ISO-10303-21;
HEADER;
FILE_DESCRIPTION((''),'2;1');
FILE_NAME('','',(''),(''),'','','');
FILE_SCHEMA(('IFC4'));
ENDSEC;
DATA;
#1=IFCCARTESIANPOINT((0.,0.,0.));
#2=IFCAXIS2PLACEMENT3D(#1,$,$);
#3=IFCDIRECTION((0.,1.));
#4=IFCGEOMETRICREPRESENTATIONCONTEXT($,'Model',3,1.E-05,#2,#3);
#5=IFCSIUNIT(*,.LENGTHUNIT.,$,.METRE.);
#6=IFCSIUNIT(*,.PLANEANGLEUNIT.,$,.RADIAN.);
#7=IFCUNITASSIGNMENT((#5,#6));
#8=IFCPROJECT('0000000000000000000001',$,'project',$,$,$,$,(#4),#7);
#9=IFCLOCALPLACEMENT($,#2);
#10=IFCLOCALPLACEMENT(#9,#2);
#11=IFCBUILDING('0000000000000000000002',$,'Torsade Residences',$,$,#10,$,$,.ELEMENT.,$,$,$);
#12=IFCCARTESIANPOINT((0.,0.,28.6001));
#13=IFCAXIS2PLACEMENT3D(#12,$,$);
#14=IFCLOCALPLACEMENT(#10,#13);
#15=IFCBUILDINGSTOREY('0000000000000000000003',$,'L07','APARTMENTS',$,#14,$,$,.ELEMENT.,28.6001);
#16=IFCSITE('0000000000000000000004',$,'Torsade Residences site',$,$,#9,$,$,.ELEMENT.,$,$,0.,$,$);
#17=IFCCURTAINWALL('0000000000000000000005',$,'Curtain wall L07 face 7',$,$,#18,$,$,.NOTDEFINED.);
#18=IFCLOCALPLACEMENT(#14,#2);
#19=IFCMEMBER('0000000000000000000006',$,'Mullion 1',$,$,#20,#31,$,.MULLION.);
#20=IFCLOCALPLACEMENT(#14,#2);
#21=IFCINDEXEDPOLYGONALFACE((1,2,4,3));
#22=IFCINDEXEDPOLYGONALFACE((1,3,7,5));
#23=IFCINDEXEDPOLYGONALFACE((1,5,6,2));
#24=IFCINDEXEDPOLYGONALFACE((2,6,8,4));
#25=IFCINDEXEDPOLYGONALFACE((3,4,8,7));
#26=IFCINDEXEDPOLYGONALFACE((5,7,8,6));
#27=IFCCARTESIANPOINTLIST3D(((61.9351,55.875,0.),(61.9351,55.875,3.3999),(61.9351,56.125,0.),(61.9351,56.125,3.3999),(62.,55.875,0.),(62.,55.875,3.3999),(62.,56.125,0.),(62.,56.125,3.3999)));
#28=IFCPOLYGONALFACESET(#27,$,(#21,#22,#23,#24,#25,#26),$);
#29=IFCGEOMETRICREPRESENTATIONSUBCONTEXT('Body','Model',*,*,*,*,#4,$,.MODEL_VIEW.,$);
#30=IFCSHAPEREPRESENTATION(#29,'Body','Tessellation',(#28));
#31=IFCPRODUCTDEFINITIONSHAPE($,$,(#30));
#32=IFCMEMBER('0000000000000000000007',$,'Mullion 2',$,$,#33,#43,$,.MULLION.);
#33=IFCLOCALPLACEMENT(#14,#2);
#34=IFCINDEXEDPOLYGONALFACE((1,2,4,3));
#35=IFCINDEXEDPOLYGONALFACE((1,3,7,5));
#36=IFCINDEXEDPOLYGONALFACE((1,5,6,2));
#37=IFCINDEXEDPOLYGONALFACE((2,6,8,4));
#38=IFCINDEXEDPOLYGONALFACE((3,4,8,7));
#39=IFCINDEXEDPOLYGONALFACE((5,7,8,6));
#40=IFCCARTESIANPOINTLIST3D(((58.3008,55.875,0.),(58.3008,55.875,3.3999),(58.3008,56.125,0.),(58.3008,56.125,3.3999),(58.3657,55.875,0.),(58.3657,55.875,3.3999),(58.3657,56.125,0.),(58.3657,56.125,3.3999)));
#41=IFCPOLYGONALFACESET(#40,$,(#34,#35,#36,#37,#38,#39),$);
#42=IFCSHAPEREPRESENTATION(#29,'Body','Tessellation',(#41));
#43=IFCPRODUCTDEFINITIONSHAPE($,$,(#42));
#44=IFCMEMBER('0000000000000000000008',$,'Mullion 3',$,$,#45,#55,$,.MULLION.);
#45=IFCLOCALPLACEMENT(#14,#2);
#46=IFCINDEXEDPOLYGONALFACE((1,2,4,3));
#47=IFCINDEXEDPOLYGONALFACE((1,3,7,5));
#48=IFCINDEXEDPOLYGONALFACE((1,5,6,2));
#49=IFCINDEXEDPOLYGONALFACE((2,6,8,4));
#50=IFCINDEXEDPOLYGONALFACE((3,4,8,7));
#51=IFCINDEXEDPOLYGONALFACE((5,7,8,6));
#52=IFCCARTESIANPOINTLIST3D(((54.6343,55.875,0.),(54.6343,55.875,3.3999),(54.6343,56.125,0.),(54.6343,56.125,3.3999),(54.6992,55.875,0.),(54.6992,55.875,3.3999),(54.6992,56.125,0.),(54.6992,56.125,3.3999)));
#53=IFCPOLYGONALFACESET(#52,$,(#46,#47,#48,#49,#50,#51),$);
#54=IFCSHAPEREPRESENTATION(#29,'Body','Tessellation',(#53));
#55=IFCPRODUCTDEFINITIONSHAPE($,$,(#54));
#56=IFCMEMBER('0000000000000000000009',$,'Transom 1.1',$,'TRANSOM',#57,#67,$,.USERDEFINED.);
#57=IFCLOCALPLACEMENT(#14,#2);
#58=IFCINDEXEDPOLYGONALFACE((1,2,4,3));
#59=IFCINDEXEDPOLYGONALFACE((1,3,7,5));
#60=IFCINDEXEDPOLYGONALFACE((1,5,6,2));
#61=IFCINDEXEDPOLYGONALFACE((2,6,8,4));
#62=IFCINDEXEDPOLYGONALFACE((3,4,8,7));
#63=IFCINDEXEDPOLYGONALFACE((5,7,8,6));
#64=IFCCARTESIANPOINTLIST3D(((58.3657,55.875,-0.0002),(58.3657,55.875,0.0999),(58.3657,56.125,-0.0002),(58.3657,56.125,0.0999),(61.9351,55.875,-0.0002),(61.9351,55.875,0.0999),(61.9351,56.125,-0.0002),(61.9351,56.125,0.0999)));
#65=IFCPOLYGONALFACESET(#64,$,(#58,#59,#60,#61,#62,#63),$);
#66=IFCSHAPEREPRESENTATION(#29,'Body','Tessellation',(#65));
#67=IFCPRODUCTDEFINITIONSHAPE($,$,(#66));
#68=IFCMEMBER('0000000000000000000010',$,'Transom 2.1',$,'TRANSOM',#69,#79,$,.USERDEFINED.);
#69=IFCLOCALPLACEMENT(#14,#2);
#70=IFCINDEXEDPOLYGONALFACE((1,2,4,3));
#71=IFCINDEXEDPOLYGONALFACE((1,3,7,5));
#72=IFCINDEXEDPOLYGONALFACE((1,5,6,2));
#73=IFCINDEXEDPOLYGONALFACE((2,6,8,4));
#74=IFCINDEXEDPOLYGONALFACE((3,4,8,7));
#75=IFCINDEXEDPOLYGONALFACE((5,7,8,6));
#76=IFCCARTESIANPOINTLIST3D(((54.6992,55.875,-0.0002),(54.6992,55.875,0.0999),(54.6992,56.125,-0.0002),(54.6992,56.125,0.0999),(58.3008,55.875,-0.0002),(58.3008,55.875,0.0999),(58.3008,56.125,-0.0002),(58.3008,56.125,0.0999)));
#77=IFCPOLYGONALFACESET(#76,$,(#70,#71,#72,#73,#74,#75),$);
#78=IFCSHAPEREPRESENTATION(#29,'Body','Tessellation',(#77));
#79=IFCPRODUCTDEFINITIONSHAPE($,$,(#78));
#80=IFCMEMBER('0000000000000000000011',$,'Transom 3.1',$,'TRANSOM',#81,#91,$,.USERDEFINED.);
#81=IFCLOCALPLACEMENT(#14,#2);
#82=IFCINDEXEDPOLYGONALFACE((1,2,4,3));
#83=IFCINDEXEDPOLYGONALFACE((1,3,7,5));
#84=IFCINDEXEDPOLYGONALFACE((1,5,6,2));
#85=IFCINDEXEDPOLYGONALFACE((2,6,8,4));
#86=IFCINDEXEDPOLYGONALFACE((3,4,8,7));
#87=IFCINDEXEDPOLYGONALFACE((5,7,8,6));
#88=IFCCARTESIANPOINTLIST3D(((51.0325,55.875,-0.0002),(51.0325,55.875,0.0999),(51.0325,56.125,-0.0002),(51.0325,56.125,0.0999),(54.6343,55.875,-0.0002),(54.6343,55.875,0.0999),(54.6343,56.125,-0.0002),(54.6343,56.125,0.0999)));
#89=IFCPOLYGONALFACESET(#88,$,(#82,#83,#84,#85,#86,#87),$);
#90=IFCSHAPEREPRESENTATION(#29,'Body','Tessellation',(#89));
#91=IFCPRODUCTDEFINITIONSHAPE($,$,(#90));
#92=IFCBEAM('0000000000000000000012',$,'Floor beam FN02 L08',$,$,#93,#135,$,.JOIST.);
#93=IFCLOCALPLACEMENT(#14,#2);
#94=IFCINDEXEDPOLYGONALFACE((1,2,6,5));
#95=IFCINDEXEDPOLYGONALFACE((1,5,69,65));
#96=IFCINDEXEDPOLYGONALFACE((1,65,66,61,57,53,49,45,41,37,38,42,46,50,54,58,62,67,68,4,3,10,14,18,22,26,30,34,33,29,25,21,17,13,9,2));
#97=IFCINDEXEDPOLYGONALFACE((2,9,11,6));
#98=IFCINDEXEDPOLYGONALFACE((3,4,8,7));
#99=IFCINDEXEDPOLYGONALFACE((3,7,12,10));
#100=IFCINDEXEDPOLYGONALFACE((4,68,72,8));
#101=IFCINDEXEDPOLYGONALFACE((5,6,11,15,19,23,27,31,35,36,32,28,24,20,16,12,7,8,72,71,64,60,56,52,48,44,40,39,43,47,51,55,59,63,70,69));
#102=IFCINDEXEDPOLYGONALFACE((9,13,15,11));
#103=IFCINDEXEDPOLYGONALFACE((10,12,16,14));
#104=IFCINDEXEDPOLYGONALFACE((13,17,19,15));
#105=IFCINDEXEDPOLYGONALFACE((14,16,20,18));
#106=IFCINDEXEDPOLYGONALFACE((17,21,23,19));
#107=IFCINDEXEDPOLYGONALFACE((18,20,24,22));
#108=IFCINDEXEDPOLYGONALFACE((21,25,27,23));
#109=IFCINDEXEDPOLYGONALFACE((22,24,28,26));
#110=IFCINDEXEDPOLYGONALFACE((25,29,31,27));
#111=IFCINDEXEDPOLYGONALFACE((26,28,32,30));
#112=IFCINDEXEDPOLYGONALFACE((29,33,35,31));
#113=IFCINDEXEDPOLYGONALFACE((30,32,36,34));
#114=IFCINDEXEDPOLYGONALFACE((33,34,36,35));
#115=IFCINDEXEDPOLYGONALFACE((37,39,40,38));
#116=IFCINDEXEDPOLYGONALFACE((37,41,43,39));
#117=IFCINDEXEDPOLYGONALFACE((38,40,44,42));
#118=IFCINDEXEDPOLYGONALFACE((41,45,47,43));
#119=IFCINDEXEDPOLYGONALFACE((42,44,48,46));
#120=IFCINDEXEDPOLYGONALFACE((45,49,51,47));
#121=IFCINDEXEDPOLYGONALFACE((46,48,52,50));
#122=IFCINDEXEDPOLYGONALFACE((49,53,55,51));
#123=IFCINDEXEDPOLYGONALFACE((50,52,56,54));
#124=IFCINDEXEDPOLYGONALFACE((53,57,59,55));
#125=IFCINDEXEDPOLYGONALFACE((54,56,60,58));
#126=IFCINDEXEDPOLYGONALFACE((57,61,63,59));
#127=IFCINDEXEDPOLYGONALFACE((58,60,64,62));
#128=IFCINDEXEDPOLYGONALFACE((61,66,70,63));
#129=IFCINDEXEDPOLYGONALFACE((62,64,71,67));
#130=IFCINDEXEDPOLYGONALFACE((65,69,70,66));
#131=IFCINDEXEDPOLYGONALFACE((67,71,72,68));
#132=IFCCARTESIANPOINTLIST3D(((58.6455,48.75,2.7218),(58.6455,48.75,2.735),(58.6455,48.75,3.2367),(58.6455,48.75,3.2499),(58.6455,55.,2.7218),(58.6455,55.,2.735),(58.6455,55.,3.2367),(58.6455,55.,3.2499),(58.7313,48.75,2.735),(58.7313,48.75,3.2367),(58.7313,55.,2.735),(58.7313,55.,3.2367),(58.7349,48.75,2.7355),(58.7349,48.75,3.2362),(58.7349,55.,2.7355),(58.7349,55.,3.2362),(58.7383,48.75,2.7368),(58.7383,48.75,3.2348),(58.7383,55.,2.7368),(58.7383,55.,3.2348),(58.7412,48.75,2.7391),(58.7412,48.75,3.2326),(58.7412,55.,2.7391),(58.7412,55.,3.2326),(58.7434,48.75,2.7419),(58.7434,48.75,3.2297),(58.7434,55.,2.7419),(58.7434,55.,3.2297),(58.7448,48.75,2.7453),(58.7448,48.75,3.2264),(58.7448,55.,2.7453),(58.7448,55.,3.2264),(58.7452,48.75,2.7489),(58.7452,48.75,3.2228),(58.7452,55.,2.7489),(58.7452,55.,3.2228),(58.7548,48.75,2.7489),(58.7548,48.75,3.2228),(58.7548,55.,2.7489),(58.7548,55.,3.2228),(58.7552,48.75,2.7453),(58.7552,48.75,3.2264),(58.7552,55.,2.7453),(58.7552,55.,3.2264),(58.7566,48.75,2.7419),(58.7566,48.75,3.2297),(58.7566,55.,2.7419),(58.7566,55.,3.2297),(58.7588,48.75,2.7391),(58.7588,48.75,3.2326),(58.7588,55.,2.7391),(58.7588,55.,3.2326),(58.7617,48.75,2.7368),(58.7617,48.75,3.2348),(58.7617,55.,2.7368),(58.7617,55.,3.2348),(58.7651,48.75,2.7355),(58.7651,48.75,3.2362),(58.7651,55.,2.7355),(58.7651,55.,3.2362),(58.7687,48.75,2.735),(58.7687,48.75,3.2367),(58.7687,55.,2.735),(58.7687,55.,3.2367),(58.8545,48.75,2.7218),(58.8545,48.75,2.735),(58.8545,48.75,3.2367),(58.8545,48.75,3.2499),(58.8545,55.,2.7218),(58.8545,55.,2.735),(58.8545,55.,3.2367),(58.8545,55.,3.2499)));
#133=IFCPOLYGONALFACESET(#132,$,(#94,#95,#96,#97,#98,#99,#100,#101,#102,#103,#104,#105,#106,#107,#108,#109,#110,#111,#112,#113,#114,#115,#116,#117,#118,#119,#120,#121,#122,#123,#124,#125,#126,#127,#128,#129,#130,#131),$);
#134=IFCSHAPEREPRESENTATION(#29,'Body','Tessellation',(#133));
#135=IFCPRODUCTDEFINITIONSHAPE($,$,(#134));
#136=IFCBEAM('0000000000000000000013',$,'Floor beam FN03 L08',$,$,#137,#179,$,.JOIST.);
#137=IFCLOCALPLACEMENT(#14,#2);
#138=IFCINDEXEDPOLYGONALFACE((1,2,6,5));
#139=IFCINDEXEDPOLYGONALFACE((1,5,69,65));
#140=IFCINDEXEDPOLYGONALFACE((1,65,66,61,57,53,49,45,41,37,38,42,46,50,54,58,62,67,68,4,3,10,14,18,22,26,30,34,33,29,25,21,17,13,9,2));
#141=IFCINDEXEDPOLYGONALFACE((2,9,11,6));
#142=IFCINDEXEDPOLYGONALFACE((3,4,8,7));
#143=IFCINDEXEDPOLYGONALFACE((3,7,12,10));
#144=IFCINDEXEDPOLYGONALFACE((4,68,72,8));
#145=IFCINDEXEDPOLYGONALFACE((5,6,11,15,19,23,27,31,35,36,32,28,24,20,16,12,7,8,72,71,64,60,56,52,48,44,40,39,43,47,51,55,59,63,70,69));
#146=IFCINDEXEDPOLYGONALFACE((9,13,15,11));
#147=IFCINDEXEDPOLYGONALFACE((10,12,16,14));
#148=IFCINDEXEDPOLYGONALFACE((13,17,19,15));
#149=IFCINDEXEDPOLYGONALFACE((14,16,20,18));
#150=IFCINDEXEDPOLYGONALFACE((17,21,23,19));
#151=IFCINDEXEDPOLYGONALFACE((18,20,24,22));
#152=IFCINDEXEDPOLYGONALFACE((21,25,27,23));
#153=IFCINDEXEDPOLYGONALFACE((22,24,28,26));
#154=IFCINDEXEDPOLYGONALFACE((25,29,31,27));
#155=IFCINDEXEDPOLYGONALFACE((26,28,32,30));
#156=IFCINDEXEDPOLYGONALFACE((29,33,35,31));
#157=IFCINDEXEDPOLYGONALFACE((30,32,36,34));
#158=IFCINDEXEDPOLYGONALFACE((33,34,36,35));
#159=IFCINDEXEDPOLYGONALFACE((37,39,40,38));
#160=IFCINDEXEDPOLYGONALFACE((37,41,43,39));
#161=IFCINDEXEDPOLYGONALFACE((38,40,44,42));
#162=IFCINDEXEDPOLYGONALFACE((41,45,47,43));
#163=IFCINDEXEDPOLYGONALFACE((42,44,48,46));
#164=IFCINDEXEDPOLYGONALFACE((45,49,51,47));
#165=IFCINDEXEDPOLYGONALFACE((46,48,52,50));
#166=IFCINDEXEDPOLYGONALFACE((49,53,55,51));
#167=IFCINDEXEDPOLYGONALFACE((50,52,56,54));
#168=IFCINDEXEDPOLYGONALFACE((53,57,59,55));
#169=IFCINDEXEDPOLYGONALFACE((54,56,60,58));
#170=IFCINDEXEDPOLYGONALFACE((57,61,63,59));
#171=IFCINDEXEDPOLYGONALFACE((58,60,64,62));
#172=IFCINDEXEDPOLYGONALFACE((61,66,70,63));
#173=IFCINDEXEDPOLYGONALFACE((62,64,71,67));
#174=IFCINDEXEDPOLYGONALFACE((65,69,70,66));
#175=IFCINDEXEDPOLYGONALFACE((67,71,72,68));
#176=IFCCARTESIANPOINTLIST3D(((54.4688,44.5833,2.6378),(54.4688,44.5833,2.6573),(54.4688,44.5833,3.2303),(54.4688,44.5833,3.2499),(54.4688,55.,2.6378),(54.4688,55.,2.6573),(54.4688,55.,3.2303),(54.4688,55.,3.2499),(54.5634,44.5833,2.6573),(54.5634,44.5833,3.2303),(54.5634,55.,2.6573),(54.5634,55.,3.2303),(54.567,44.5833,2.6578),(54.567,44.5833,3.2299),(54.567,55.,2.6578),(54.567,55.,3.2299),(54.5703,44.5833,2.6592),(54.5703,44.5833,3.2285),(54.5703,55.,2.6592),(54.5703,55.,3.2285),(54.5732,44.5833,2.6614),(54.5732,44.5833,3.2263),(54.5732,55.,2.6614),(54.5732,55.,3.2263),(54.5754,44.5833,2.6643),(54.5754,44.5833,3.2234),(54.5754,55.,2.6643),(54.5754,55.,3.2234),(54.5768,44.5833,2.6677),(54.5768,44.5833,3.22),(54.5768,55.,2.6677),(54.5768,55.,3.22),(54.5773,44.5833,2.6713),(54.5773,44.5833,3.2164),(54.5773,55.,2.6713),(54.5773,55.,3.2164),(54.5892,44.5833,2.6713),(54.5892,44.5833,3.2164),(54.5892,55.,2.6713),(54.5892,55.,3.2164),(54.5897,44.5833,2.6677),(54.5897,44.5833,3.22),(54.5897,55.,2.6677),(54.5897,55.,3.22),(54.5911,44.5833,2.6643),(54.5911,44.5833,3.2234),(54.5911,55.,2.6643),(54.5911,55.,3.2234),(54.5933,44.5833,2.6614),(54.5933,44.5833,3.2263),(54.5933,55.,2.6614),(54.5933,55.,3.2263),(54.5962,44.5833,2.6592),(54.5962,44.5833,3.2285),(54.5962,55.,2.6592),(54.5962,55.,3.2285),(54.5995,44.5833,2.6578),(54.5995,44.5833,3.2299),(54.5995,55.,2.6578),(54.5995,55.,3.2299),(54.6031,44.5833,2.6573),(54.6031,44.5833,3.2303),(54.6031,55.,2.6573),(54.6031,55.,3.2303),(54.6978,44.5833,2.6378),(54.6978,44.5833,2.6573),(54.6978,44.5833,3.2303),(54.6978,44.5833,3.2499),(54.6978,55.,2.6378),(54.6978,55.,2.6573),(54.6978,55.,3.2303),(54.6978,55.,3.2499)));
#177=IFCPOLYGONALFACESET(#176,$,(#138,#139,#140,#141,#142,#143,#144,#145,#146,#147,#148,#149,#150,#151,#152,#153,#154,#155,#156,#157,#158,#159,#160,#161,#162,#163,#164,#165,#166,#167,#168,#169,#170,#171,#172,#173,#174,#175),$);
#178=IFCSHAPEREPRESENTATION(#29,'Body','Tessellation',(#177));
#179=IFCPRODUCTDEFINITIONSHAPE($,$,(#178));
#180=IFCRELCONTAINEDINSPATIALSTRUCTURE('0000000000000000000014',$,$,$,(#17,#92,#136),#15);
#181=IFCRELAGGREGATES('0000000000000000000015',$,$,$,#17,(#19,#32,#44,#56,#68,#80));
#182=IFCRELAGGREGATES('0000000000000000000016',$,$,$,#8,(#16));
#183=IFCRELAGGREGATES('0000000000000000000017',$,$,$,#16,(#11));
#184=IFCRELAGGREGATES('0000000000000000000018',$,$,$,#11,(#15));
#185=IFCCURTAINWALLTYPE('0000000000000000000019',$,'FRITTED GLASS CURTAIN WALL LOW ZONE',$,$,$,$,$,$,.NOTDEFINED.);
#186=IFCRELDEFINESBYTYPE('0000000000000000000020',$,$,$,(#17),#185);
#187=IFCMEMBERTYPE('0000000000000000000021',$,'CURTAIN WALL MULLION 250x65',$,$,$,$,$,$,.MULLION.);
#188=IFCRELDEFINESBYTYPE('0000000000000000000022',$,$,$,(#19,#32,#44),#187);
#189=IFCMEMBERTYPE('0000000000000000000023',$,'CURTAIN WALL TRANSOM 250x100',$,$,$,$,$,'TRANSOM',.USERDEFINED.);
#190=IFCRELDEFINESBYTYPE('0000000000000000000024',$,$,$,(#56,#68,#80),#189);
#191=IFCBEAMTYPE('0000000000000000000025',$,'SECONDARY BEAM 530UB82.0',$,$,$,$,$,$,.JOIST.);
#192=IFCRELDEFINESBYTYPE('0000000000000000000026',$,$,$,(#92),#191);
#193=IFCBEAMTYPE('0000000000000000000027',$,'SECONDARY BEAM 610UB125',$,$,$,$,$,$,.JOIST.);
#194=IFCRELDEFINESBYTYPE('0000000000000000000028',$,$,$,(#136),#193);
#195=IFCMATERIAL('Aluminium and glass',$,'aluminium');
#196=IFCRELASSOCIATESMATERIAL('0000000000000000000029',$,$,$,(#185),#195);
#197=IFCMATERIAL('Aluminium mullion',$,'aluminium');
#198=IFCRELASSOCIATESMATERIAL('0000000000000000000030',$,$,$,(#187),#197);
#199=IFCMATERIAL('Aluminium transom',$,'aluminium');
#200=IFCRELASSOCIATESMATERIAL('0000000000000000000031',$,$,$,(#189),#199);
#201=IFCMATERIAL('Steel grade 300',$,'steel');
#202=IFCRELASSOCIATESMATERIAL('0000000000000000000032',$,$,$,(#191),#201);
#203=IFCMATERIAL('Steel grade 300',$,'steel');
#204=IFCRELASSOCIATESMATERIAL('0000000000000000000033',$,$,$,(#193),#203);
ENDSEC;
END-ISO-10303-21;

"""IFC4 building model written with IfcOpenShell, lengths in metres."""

from ifc_helpers import new_model, si_unit, direction, frame, origin, origin_2d, place, context, subcontext, project, spatial, rectangle, i_section, extrude, material, material_profile, profile_set, type_object, element, aggregate, save


model = new_model("IFC4")

# Units and contexts
model_context = context("Model", 3, precision=1e-05, world=origin(), true_north=direction((0.0, 1.0)))
body_context = subcontext(model_context, "Body", "Model", "MODEL_VIEW")
ifc_project = project(units=[si_unit("LENGTHUNIT", "METRE"), si_unit("PLANEANGLEUNIT", "RADIAN")], contexts=[model_context])

# Site, building, storey
site_placement = place(None, origin())
site = spatial("IfcSite", under=ifc_project, at=site_placement, Name="Torsade Residences site", CompositionType="ELEMENT", RefElevation=0.0)
building_placement = place(site_placement, origin())
building = spatial("IfcBuilding", under=site, at=building_placement, Name="Torsade Residences", CompositionType="ELEMENT")
storey_placement = place(building_placement, frame((0.0, 0.0, 28.6001)))
storey = spatial("IfcBuildingStorey", under=building, at=storey_placement, Name="L07", Description="APARTMENTS", CompositionType="ELEMENT", Elevation=28.6001)

# Curtain wall, members
ifc_material_1 = material(Name="Aluminium and glass", Category="aluminium")
curtain_wall_type = type_object("IfcCurtainWallType", Name="FRITTED GLASS CURTAIN WALL LOW ZONE", PredefinedType="NOTDEFINED", material=ifc_material_1)
curtain_wall_placement = place(storey_placement, origin())
curtain_wall = element("IfcCurtainWall", 1, at=curtain_wall_placement, inside=storey, type_object=curtain_wall_type, Name="Curtain wall L07 face 7", PredefinedType="NOTDEFINED")
ifc_material_2 = material(Name="Aluminium mullion", Category="aluminium")
ifc_material_profile_1 = material_profile(ifc_material_2, rectangle(XDim=0.25, YDim=0.0649, at=origin_2d()), Name="CURTAIN WALL MULLION 250x65")
ifc_profile_set_1 = profile_set([ifc_material_profile_1], Name="Aluminium mullion")
member_type_1 = type_object("IfcMemberType", Name="CURTAIN WALL MULLION 250x65", PredefinedType="MULLION", material=ifc_profile_set_1)
member_1_placement = place(storey_placement, frame((61.9675, 56.0, 0.0), z_axis=(0.0, 0.0, 1.0), x_axis=(0.0, -1.0, 0.0)))
member_1 = element("IfcMember", 2, at=member_1_placement, type_object=member_type_1, Name="Mullion 1", PredefinedType="MULLION", context=body_context, shape_type="SweptSolid", body=[
    extrude(rectangle(XDim=0.25, YDim=0.0649, at=origin_2d()), origin(), (0.0, 0.0, 1.0), 3.3999),
])
member_2_placement = place(storey_placement, frame((58.3333, 56.0, 0.0), z_axis=(0.0, 0.0, 1.0), x_axis=(0.0, -1.0, 0.0)))
member_2 = element("IfcMember", 3, at=member_2_placement, type_object=member_type_1, Name="Mullion 2", PredefinedType="MULLION", context=body_context, shape_type="SweptSolid", body=[
    extrude(rectangle(XDim=0.25, YDim=0.0649, at=origin_2d()), origin(), (0.0, 0.0, 1.0), 3.3999),
])
member_3_placement = place(storey_placement, frame((54.6667, 56.0, 0.0), z_axis=(0.0, 0.0, 1.0), x_axis=(0.0, -1.0, 0.0)))
member_3 = element("IfcMember", 4, at=member_3_placement, type_object=member_type_1, Name="Mullion 3", PredefinedType="MULLION", context=body_context, shape_type="SweptSolid", body=[
    extrude(rectangle(XDim=0.25, YDim=0.0649, at=origin_2d()), origin(), (0.0, 0.0, 1.0), 3.3999),
])
ifc_material_3 = material(Name="Aluminium transom", Category="aluminium")
ifc_material_profile_2 = material_profile(ifc_material_3, rectangle(XDim=0.25, YDim=0.1001, at=origin_2d()), Name="CURTAIN WALL TRANSOM 250x100")
ifc_profile_set_2 = profile_set([ifc_material_profile_2], Name="Aluminium transom")
member_type_2 = type_object("IfcMemberType", Name="CURTAIN WALL TRANSOM 250x100", ElementType="TRANSOM", PredefinedType="USERDEFINED", material=ifc_profile_set_2)
member_4_placement = place(storey_placement, frame((61.9351, 56.0, 0.0498), z_axis=(-1.0, 0.0, 0.0), x_axis=(0.0, -1.0, 0.0)))
member_4 = element("IfcMember", 5, at=member_4_placement, type_object=member_type_2, Name="Transom 1.1", ObjectType="TRANSOM", PredefinedType="USERDEFINED", context=body_context, shape_type="SweptSolid", body=[
    extrude(rectangle(XDim=0.25, YDim=0.1001, at=origin_2d()), origin(), (0.0, 0.0, 1.0), 3.5693),
])
member_5_placement = place(storey_placement, frame((58.3008, 56.0, 0.0498), z_axis=(-1.0, 0.0, 0.0), x_axis=(0.0, -1.0, 0.0)))
member_5 = element("IfcMember", 6, at=member_5_placement, type_object=member_type_2, Name="Transom 2.1", ObjectType="TRANSOM", PredefinedType="USERDEFINED", context=body_context, shape_type="SweptSolid", body=[
    extrude(rectangle(XDim=0.25, YDim=0.1001, at=origin_2d()), origin(), (0.0, 0.0, 1.0), 3.6016),
])
member_6_placement = place(storey_placement, frame((54.6343, 56.0, 0.0498), z_axis=(-1.0, 0.0, 0.0), x_axis=(0.0, -1.0, 0.0)))
member_6 = element("IfcMember", 7, at=member_6_placement, type_object=member_type_2, Name="Transom 3.1", ObjectType="TRANSOM", PredefinedType="USERDEFINED", context=body_context, shape_type="SweptSolid", body=[
    extrude(rectangle(XDim=0.25, YDim=0.1001, at=origin_2d()), origin(), (0.0, 0.0, 1.0), 3.6018),
])

# Beams
ifc_material_4 = material(Name="Steel grade 300", Category="steel")
ifc_material_profile_3 = material_profile(ifc_material_4, i_section(OverallWidth=0.209, OverallDepth=0.5281, WebThickness=0.0095, FlangeThickness=0.0132, FilletRadius=0.0139, at=origin_2d()), Name="530UB82.0")
ifc_profile_set_3 = profile_set([ifc_material_profile_3], Name="Steel grade 300")
beam_type_1 = type_object("IfcBeamType", Name="SECONDARY BEAM 530UB82.0", PredefinedType="JOIST", material=ifc_profile_set_3)
beam_1_placement = place(storey_placement, frame((58.75, 55.0, 2.9858), z_axis=(0.0, -1.0, 0.0), x_axis=(1.0, 0.0, 0.0)))
element("IfcBeam", 8, at=beam_1_placement, inside=storey, type_object=beam_type_1, Name="Floor beam FN02 L08", PredefinedType="JOIST", context=body_context, shape_type="SweptSolid", body=[
    extrude(i_section(OverallWidth=0.209, OverallDepth=0.5281, WebThickness=0.0095, FlangeThickness=0.0132, FilletRadius=0.0139, at=origin_2d()), origin(), (0.0, 0.0, 1.0), 6.25),
])
ifc_material_5 = material(Name="Steel grade 300", Category="steel")
ifc_material_profile_4 = material_profile(ifc_material_5, i_section(OverallWidth=0.229, OverallDepth=0.6121, WebThickness=0.012, FlangeThickness=0.0195, FilletRadius=0.0139, at=origin_2d()), Name="610UB125")
ifc_profile_set_4 = profile_set([ifc_material_profile_4], Name="Steel grade 300")
beam_type_2 = type_object("IfcBeamType", Name="SECONDARY BEAM 610UB125", PredefinedType="JOIST", material=ifc_profile_set_4)
beam_2_placement = place(storey_placement, frame((54.5833, 55.0, 2.9438), z_axis=(0.0, -1.0, 0.0), x_axis=(1.0, 0.0, 0.0)))
element("IfcBeam", 9, at=beam_2_placement, inside=storey, type_object=beam_type_2, Name="Floor beam FN03 L08", PredefinedType="JOIST", context=body_context, shape_type="SweptSolid", body=[
    extrude(i_section(OverallWidth=0.229, OverallDepth=0.6121, WebThickness=0.012, FlangeThickness=0.0195, FilletRadius=0.0139, at=origin_2d()), origin(), (0.0, 0.0, 1.0), 10.4167),
])

aggregate(curtain_wall, [member_1, member_2, member_3, member_4, member_5, member_6])

save(model, "model.ifc")
